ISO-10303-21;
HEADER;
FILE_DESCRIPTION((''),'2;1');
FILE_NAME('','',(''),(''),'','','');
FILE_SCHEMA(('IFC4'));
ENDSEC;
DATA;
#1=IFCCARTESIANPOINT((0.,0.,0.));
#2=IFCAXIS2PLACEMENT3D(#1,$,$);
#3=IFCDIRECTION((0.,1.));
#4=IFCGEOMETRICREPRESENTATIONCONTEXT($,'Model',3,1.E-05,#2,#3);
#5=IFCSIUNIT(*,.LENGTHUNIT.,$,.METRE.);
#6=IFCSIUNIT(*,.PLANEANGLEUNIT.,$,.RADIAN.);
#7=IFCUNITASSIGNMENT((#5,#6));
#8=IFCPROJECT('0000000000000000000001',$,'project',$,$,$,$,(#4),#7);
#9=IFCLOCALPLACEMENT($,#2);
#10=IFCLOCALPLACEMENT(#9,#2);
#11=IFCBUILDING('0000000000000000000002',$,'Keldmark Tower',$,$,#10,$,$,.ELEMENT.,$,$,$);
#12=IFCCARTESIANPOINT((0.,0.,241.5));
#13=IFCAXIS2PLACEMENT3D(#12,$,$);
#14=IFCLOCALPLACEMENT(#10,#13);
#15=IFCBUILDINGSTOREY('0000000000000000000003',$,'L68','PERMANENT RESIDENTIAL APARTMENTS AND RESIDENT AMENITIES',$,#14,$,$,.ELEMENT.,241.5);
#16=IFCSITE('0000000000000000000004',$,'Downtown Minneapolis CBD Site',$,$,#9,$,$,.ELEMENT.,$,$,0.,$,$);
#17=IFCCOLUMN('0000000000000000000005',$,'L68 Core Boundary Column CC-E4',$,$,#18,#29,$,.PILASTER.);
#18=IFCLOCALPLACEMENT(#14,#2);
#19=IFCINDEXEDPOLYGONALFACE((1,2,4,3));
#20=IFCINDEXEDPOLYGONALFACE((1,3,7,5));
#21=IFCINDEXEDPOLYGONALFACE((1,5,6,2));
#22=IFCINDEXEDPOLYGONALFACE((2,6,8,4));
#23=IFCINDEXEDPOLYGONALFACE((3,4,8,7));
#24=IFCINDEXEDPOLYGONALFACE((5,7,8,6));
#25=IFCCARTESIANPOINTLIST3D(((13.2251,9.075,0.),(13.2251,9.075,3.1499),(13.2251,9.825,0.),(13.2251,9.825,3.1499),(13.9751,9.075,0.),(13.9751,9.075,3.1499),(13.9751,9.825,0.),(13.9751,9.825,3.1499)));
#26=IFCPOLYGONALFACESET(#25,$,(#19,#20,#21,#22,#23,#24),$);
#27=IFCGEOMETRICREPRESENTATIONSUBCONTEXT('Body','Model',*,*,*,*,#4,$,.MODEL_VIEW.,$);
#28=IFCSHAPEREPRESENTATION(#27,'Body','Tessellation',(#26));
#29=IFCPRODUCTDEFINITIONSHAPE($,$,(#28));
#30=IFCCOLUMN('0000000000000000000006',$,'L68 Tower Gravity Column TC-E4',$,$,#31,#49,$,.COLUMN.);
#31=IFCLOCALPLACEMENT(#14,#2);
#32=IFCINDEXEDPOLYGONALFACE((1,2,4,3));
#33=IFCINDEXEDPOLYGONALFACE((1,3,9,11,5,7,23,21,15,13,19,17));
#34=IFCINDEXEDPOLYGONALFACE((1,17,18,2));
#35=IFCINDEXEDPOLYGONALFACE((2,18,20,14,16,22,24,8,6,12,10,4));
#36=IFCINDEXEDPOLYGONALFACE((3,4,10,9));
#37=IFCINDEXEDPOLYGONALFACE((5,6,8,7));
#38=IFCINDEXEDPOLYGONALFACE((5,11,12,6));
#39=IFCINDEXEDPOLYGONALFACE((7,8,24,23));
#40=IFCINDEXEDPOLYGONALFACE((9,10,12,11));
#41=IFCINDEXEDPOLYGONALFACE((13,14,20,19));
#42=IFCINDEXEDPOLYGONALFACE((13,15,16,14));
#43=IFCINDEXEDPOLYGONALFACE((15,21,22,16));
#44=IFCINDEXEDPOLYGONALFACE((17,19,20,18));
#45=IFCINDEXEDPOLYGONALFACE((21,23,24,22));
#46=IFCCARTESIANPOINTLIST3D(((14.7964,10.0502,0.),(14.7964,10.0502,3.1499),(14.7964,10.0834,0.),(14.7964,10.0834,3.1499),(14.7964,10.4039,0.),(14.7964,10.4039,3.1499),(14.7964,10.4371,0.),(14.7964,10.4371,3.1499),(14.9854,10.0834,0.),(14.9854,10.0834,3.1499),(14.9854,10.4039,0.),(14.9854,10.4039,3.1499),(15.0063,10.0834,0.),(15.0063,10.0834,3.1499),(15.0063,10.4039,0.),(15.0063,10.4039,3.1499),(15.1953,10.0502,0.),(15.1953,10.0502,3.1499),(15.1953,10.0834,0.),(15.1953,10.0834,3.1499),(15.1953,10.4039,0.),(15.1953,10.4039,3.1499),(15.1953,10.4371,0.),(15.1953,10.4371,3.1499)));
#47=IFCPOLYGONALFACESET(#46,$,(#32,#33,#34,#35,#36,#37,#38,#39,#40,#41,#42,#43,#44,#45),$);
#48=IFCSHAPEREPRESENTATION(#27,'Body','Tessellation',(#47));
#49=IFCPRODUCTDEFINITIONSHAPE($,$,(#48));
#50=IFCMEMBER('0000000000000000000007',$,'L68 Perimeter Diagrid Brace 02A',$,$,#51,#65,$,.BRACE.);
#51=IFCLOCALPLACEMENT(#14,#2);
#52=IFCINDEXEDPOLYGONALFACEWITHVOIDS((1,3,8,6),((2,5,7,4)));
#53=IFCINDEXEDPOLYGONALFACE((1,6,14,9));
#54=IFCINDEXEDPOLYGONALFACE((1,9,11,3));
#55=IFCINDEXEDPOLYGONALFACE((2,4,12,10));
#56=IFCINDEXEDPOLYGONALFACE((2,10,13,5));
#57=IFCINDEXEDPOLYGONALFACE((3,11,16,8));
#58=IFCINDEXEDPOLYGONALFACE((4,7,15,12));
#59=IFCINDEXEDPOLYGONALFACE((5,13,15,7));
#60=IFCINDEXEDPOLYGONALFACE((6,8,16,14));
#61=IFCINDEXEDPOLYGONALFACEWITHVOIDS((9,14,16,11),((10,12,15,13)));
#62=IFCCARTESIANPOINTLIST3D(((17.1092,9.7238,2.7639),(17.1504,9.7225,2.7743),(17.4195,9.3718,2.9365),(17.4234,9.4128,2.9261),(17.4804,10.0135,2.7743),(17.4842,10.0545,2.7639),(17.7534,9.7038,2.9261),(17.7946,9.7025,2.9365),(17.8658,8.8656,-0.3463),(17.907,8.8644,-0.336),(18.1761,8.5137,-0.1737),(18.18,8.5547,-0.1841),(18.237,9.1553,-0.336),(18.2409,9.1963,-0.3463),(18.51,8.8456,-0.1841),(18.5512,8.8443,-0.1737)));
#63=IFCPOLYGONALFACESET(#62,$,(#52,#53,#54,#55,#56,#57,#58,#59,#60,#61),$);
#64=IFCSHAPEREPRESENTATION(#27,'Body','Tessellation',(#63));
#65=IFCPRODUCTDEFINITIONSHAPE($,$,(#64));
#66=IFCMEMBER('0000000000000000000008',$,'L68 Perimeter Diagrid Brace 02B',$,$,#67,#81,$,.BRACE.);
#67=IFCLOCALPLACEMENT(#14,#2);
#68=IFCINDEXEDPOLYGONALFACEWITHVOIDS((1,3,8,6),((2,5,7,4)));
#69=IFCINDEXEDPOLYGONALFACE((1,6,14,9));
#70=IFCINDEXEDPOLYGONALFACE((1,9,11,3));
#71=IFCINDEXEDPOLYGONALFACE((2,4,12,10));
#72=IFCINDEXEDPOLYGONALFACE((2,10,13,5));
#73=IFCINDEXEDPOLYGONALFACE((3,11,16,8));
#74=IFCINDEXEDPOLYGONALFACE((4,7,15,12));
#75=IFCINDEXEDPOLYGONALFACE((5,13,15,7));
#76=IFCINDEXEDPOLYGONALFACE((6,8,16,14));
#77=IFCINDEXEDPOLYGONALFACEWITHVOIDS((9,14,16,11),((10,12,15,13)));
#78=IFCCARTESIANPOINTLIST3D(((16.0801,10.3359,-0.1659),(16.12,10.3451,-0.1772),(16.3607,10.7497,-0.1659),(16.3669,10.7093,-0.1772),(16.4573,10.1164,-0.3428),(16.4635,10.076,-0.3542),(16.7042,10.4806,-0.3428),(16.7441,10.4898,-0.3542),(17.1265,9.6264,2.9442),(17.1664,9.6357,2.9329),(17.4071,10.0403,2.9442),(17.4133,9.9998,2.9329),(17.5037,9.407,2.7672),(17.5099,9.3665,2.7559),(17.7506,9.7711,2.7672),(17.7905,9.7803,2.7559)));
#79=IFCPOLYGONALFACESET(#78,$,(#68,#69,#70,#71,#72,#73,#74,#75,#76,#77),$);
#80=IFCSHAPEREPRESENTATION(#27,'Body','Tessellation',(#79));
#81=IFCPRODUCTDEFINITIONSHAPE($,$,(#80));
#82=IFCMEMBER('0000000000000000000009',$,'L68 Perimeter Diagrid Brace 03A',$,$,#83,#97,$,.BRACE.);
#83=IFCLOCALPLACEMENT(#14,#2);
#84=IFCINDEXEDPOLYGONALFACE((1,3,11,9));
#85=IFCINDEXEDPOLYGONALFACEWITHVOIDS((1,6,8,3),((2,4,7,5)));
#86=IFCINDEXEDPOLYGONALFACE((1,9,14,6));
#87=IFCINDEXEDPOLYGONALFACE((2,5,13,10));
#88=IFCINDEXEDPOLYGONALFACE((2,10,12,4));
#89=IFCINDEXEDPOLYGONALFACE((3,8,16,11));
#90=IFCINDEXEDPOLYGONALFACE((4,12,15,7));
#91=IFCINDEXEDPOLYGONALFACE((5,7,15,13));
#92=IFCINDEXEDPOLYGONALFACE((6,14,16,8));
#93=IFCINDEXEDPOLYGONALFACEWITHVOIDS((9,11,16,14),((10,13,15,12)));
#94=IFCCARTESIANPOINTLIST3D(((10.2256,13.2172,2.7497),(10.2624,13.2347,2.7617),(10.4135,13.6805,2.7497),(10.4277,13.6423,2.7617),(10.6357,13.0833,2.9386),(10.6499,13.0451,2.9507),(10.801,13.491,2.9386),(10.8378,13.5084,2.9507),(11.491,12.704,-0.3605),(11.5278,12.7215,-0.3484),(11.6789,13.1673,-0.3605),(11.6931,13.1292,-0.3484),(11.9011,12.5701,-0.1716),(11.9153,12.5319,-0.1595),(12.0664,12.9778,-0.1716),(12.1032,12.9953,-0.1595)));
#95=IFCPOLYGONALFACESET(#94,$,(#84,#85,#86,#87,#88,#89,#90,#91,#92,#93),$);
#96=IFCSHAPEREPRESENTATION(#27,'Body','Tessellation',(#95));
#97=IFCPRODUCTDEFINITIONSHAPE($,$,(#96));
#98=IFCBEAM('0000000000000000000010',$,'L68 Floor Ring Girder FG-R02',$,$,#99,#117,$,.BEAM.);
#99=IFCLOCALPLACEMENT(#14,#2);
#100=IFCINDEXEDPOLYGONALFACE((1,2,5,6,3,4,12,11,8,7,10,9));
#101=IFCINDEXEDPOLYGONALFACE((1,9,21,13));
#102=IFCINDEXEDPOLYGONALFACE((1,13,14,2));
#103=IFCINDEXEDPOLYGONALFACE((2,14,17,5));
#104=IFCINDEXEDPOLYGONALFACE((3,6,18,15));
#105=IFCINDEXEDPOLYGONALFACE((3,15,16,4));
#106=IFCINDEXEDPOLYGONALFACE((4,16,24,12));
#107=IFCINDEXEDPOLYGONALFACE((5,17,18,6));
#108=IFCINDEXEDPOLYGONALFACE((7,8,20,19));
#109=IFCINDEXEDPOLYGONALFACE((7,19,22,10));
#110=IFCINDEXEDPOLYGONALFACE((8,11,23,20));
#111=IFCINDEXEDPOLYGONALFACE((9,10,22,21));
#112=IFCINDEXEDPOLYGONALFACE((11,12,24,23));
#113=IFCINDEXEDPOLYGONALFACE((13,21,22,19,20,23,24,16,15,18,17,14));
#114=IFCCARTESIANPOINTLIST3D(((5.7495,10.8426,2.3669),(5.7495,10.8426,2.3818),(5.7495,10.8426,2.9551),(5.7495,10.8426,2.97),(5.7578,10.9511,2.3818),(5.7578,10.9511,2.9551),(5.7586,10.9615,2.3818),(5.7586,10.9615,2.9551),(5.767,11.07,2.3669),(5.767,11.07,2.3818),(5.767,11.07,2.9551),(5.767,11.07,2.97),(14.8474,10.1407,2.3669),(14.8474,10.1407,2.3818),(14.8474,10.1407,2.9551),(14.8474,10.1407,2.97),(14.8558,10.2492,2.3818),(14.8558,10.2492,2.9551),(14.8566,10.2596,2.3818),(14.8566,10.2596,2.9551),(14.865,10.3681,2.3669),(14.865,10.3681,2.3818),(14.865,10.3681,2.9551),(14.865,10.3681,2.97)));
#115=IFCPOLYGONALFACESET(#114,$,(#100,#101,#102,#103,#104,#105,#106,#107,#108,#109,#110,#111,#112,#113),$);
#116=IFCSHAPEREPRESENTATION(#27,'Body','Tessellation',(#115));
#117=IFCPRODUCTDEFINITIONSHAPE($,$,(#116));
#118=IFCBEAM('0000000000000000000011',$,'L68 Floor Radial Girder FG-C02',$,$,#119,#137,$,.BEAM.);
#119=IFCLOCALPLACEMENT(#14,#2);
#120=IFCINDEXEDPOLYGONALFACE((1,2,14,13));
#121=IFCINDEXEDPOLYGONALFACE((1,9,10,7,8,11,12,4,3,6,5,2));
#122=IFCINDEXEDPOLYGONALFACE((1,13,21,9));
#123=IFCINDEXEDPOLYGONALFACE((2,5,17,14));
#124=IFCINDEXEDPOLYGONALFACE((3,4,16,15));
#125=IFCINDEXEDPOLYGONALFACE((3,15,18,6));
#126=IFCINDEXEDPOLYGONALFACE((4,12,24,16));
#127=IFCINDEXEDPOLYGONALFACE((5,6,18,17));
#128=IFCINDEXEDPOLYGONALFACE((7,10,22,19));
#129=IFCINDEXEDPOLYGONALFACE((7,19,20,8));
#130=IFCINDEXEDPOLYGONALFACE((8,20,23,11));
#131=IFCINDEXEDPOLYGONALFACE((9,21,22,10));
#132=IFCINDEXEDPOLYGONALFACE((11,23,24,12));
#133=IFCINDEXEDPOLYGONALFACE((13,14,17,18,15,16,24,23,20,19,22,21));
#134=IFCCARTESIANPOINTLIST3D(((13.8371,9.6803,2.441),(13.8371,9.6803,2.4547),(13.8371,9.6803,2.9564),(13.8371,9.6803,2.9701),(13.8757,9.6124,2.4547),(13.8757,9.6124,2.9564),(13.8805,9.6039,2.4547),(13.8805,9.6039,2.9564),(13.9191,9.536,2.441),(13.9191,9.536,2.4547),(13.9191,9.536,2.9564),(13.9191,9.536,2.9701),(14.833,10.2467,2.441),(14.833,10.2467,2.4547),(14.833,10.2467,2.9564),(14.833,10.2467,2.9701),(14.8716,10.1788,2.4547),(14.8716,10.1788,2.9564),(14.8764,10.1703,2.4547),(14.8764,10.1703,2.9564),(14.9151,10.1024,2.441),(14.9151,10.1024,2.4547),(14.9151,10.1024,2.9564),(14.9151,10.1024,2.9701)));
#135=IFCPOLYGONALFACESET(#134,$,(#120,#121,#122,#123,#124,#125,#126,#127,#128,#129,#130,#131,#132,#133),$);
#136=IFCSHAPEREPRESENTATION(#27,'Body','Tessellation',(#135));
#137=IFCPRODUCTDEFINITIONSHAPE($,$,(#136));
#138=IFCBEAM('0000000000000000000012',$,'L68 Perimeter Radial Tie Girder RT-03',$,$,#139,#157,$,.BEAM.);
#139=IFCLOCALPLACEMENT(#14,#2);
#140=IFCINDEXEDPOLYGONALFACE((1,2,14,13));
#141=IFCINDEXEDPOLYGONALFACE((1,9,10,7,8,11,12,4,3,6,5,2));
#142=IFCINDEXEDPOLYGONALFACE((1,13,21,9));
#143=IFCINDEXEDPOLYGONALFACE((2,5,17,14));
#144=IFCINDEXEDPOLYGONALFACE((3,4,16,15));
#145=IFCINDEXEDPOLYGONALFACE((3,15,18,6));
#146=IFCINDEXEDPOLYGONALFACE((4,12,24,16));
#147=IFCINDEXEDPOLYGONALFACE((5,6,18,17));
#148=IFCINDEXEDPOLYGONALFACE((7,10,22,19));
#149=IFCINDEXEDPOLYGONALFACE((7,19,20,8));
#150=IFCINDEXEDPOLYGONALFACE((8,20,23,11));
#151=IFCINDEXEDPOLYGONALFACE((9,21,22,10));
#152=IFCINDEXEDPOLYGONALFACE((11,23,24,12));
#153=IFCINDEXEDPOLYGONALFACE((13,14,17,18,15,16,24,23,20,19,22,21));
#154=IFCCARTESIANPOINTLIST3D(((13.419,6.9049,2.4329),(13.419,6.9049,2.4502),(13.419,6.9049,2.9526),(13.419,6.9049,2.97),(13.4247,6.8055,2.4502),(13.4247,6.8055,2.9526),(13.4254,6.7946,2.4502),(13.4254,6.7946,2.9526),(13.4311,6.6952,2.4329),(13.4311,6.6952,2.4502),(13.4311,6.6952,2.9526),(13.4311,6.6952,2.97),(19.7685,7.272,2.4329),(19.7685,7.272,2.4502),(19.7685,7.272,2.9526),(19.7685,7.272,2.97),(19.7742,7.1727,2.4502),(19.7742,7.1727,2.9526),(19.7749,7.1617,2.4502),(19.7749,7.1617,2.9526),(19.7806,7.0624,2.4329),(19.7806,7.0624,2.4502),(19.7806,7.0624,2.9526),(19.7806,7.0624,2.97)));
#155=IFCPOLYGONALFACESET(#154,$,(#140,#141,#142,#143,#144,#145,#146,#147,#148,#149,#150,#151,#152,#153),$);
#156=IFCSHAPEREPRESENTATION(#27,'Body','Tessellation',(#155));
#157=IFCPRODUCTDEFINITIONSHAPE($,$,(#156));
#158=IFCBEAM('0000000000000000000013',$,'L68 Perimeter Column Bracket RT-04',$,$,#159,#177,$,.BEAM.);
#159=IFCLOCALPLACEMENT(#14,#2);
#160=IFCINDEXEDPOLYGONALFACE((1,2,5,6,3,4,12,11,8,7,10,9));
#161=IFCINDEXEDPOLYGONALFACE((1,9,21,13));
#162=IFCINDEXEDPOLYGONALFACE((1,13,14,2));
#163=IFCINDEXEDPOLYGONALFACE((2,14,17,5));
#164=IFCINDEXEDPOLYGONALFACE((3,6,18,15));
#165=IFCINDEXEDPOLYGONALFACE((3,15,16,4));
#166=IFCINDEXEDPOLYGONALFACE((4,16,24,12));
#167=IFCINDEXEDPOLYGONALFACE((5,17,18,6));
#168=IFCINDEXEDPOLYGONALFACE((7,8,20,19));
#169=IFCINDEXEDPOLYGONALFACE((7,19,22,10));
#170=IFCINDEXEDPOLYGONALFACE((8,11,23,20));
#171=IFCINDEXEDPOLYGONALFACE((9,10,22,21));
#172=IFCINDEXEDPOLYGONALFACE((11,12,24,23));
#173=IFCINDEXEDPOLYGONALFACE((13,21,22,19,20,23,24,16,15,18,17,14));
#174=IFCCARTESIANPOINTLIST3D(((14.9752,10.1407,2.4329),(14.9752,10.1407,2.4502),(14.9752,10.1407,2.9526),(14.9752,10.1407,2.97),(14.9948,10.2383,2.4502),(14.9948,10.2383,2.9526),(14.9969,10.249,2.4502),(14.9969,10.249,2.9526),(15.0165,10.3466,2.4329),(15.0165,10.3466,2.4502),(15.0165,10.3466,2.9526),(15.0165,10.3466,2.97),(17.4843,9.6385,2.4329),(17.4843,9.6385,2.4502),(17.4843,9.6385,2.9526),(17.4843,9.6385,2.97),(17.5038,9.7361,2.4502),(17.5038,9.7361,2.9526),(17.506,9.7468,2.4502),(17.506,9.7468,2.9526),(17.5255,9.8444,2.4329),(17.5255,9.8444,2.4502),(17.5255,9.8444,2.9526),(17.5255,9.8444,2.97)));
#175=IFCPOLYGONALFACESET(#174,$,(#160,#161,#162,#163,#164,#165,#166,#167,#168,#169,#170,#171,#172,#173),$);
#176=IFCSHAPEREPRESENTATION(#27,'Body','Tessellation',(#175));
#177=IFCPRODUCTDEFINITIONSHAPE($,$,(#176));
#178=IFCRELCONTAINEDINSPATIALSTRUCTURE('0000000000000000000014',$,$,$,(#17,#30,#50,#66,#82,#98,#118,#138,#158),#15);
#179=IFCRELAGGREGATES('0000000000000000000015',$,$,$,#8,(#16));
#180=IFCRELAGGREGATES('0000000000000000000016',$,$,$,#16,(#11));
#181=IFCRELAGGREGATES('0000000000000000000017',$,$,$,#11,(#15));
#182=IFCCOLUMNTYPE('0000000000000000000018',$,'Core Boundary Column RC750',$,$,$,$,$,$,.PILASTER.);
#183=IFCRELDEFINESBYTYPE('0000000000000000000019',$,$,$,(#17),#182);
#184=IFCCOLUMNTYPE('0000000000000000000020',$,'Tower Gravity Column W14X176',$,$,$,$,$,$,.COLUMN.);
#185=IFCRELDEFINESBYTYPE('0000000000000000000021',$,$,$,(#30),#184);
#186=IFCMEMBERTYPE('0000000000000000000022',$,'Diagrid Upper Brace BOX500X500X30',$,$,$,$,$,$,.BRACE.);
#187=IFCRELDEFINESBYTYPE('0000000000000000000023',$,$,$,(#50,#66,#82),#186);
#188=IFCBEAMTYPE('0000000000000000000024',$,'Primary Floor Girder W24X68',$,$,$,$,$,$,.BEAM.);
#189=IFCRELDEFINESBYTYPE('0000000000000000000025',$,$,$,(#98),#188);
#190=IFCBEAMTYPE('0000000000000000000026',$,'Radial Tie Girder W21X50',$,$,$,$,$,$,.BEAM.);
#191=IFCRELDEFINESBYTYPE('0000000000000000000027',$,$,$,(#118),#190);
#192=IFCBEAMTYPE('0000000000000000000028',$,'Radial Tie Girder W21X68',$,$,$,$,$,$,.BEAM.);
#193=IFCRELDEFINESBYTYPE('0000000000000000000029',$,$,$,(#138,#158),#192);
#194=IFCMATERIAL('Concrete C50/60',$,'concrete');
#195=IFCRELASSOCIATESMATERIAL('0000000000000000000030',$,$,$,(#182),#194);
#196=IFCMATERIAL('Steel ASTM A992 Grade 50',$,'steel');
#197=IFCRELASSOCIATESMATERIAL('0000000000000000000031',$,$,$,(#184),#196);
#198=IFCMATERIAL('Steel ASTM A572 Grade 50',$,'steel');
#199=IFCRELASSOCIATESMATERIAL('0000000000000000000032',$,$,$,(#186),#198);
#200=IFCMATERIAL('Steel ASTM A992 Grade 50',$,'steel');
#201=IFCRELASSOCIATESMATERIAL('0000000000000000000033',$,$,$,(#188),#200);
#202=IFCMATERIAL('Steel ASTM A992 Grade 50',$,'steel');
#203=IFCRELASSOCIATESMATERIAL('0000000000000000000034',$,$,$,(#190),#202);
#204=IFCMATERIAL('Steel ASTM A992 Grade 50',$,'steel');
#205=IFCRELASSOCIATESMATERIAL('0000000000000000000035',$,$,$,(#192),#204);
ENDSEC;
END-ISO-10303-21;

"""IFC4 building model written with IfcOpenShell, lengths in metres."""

from ifc_helpers import new_model, si_unit, direction, frame, origin, origin_2d, place, context, subcontext, project, spatial, rectangle, hollow_rectangle, i_section, extrude, material, material_profile, profile_set, type_object, element, save


model = new_model("IFC4")

# Units and contexts
model_context = context("Model", 3, precision=1e-05, world=origin(), true_north=direction((0.0, 1.0)))
body_context = subcontext(model_context, "Body", "Model", "MODEL_VIEW")
ifc_project = project(units=[si_unit("LENGTHUNIT", "METRE"), si_unit("PLANEANGLEUNIT", "RADIAN")], contexts=[model_context])

# Site, building, storey
site_placement = place(None, origin())
site = spatial("IfcSite", under=ifc_project, at=site_placement, Name="Downtown Minneapolis CBD Site", CompositionType="ELEMENT", RefElevation=0.0)
building_placement = place(site_placement, origin())
building = spatial("IfcBuilding", under=site, at=building_placement, Name="Keldmark Tower", CompositionType="ELEMENT")
storey_placement = place(building_placement, frame((0.0, 0.0, 241.5)))
storey = spatial("IfcBuildingStorey", under=building, at=storey_placement, Name="L68", Description="PERMANENT RESIDENTIAL APARTMENTS AND RESIDENT AMENITIES", CompositionType="ELEMENT", Elevation=241.5)

# Columns
ifc_material_1 = material(Name="Concrete C50/60", Category="concrete")
ifc_material_profile_1 = material_profile(ifc_material_1, rectangle(XDim=0.75, YDim=0.75, at=origin_2d()), Name="RC750X750")
ifc_profile_set_1 = profile_set([ifc_material_profile_1], Name="Concrete C50/60")
column_type_1 = type_object("IfcColumnType", Name="Core Boundary Column RC750", PredefinedType="PILASTER", material=ifc_profile_set_1)
column_1_placement = place(storey_placement, frame((13.6001, 9.45, 0.0), z_axis=(0.0, 0.0, 1.0), x_axis=(1.0, 0.0, 0.0)))
element("IfcColumn", 1, at=column_1_placement, inside=storey, type_object=column_type_1, Name="L68 Core Boundary Column CC-E4", PredefinedType="PILASTER", context=body_context, shape_type="SweptSolid", body=[
    extrude(rectangle(XDim=0.75, YDim=0.75, at=origin_2d()), origin(), (0.0, 0.0, 1.0), 3.1499),
])
ifc_material_2 = material(Name="Steel ASTM A992 Grade 50", Category="steel")
ifc_material_profile_2 = material_profile(ifc_material_2, i_section(OverallWidth=0.3989, OverallDepth=0.387, WebThickness=0.021, FlangeThickness=0.0332, at=origin_2d()), Name="W14X176")
ifc_profile_set_2 = profile_set([ifc_material_profile_2], Name="Steel ASTM A992 Grade 50")
column_type_2 = type_object("IfcColumnType", Name="Tower Gravity Column W14X176", PredefinedType="COLUMN", material=ifc_profile_set_2)
column_2_placement = place(storey_placement, frame((14.9958, 10.2437, 0.0), z_axis=(0.0, 0.0, 1.0), x_axis=(1.0, 0.0, 0.0)))
element("IfcColumn", 2, at=column_2_placement, inside=storey, type_object=column_type_2, Name="L68 Tower Gravity Column TC-E4", PredefinedType="COLUMN", context=body_context, shape_type="SweptSolid", body=[
    extrude(i_section(OverallWidth=0.3989, OverallDepth=0.387, WebThickness=0.021, FlangeThickness=0.0332, at=origin_2d()), origin(), (0.0, 0.0, 1.0), 3.1499),
])

# Members
ifc_material_3 = material(Name="Steel ASTM A572 Grade 50", Category="steel")
ifc_material_profile_3 = material_profile(ifc_material_3, hollow_rectangle(XDim=0.5, YDim=0.5, WallThickness=0.03, at=origin_2d()), Name="BOX500X500X30")
ifc_profile_set_3 = profile_set([ifc_material_profile_3], Name="Steel ASTM A572 Grade 50")
member_type = type_object("IfcMemberType", Name="Diagrid Upper Brace BOX500X500X30", PredefinedType="BRACE", material=ifc_profile_set_3)
member_1_placement = place(storey_placement, frame((18.2085, 8.855, -0.26), z_axis=(-0.228312, 0.25896, 0.938517), x_axis=(-0.750099, -0.661325, 0.0)))
element("IfcMember", 3, at=member_1_placement, inside=storey, type_object=member_type, Name="L68 Perimeter Diagrid Brace 02A", PredefinedType="BRACE", context=body_context, shape_type="SweptSolid", body=[
    extrude(hollow_rectangle(XDim=0.5, YDim=0.5, WallThickness=0.03, at=origin_2d()), origin(), (0.0, 0.0, 1.0), 3.314),
])
member_2_placement = place(storey_placement, frame((16.4121, 10.4128, -0.26), z_axis=(0.311681, -0.211326, 0.926389), x_axis=(0.56119, 0.827687, 0.0)))
element("IfcMember", 4, at=member_2_placement, inside=storey, type_object=member_type, Name="L68 Perimeter Diagrid Brace 02B", PredefinedType="BRACE", context=body_context, shape_type="SweptSolid", body=[
    extrude(hollow_rectangle(XDim=0.5, YDim=0.5, WallThickness=0.03, at=origin_2d()), origin(), (0.0, 0.0, 1.0), 3.3572),
])
member_3_placement = place(storey_placement, frame((11.7971, 12.8496, -0.26), z_axis=(-0.372537, 0.151085, 0.915636), x_axis=(-0.375825, -0.92669, 0.0)))
element("IfcMember", 5, at=member_3_placement, inside=storey, type_object=member_type, Name="L68 Perimeter Diagrid Brace 03A", PredefinedType="BRACE", context=body_context, shape_type="SweptSolid", body=[
    extrude(hollow_rectangle(XDim=0.5, YDim=0.5, WallThickness=0.03, at=origin_2d()), origin(), (0.0, 0.0, 1.0), 3.3967),
])

# Beams
ifc_material_4 = material(Name="Steel ASTM A992 Grade 50", Category="steel")
ifc_material_profile_4 = material_profile(ifc_material_4, i_section(OverallWidth=0.228, OverallDepth=0.603, WebThickness=0.0105, FlangeThickness=0.0149, at=origin_2d()), Name="W24X68")
ifc_profile_set_4 = profile_set([ifc_material_profile_4], Name="Steel ASTM A992 Grade 50")
beam_type_1 = type_object("IfcBeamType", Name="Primary Floor Girder W24X68", PredefinedType="BEAM", material=ifc_profile_set_4)
beam_1_placement = place(storey_placement, frame((14.8562, 10.2544, 2.6685), z_axis=(-0.997037, 0.076922, 0.0), x_axis=(-0.076922, -0.997037, 0.0)))
element("IfcBeam", 6, at=beam_1_placement, inside=storey, type_object=beam_type_1, Name="L68 Floor Ring Girder FG-R02", PredefinedType="BEAM", context=body_context, shape_type="SweptSolid", body=[
    extrude(i_section(OverallWidth=0.228, OverallDepth=0.603, WebThickness=0.0105, FlangeThickness=0.0149, at=origin_2d()), origin(), (0.0, 0.0, 1.0), 9.125),
])
ifc_material_5 = material(Name="Steel ASTM A992 Grade 50", Category="steel")
ifc_material_profile_5 = material_profile(ifc_material_5, i_section(OverallWidth=0.166, OverallDepth=0.5291, WebThickness=0.0098, FlangeThickness=0.0137, at=origin_2d()), Name="W21X50")
ifc_profile_set_5 = profile_set([ifc_material_profile_5], Name="Steel ASTM A992 Grade 50")
beam_type_2 = type_object("IfcBeamType", Name="Radial Tie Girder W21X50", PredefinedType="BEAM", material=ifc_profile_set_5)
beam_2_placement = place(storey_placement, frame((14.874, 10.1746, 2.7056), z_axis=(-0.869238, -0.494394, 0.0), x_axis=(0.494394, -0.869238, 0.0)))
element("IfcBeam", 7, at=beam_2_placement, inside=storey, type_object=beam_type_2, Name="L68 Floor Radial Girder FG-C02", PredefinedType="BEAM", context=body_context, shape_type="SweptSolid", body=[
    extrude(i_section(OverallWidth=0.166, OverallDepth=0.5291, WebThickness=0.0098, FlangeThickness=0.0137, at=origin_2d()), origin(), (0.0, 0.0, 1.0), 1.1458),
])
ifc_material_6 = material(Name="Steel ASTM A992 Grade 50", Category="steel")
ifc_material_profile_6 = material_profile(ifc_material_6, i_section(OverallWidth=0.21, OverallDepth=0.5371, WebThickness=0.011, FlangeThickness=0.0173, at=origin_2d()), Name="W21X68")
ifc_profile_set_6 = profile_set([ifc_material_profile_6], Name="Steel ASTM A992 Grade 50")
beam_type_3 = type_object("IfcBeamType", Name="Radial Tie Girder W21X68", PredefinedType="BEAM", material=ifc_profile_set_6)
beam_3_placement = place(storey_placement, frame((13.425, 6.8, 2.7014), z_axis=(0.998332, 0.057732, 0.0), x_axis=(-0.057732, 0.998332, 0.0)))
element("IfcBeam", 8, at=beam_3_placement, inside=storey, type_object=beam_type_3, Name="L68 Perimeter Radial Tie Girder RT-03", PredefinedType="BEAM", context=body_context, shape_type="SweptSolid", body=[
    extrude(i_section(OverallWidth=0.21, OverallDepth=0.5371, WebThickness=0.011, FlangeThickness=0.0173, at=origin_2d()), origin(), (0.0, 0.0, 1.0), 6.3601),
])
beam_4_placement = place(storey_placement, frame((14.9958, 10.2437, 2.7014), z_axis=(0.980551, -0.196263, 0.0), x_axis=(0.196263, 0.980551, 0.0)))
element("IfcBeam", 9, at=beam_4_placement, inside=storey, type_object=beam_type_3, Name="L68 Perimeter Column Bracket RT-04", PredefinedType="BEAM", context=body_context, shape_type="SweptSolid", body=[
    extrude(i_section(OverallWidth=0.21, OverallDepth=0.5371, WebThickness=0.011, FlangeThickness=0.0173, at=origin_2d()), origin(), (0.0, 0.0, 1.0), 2.5588),
])

save(model, "model.ifc")
